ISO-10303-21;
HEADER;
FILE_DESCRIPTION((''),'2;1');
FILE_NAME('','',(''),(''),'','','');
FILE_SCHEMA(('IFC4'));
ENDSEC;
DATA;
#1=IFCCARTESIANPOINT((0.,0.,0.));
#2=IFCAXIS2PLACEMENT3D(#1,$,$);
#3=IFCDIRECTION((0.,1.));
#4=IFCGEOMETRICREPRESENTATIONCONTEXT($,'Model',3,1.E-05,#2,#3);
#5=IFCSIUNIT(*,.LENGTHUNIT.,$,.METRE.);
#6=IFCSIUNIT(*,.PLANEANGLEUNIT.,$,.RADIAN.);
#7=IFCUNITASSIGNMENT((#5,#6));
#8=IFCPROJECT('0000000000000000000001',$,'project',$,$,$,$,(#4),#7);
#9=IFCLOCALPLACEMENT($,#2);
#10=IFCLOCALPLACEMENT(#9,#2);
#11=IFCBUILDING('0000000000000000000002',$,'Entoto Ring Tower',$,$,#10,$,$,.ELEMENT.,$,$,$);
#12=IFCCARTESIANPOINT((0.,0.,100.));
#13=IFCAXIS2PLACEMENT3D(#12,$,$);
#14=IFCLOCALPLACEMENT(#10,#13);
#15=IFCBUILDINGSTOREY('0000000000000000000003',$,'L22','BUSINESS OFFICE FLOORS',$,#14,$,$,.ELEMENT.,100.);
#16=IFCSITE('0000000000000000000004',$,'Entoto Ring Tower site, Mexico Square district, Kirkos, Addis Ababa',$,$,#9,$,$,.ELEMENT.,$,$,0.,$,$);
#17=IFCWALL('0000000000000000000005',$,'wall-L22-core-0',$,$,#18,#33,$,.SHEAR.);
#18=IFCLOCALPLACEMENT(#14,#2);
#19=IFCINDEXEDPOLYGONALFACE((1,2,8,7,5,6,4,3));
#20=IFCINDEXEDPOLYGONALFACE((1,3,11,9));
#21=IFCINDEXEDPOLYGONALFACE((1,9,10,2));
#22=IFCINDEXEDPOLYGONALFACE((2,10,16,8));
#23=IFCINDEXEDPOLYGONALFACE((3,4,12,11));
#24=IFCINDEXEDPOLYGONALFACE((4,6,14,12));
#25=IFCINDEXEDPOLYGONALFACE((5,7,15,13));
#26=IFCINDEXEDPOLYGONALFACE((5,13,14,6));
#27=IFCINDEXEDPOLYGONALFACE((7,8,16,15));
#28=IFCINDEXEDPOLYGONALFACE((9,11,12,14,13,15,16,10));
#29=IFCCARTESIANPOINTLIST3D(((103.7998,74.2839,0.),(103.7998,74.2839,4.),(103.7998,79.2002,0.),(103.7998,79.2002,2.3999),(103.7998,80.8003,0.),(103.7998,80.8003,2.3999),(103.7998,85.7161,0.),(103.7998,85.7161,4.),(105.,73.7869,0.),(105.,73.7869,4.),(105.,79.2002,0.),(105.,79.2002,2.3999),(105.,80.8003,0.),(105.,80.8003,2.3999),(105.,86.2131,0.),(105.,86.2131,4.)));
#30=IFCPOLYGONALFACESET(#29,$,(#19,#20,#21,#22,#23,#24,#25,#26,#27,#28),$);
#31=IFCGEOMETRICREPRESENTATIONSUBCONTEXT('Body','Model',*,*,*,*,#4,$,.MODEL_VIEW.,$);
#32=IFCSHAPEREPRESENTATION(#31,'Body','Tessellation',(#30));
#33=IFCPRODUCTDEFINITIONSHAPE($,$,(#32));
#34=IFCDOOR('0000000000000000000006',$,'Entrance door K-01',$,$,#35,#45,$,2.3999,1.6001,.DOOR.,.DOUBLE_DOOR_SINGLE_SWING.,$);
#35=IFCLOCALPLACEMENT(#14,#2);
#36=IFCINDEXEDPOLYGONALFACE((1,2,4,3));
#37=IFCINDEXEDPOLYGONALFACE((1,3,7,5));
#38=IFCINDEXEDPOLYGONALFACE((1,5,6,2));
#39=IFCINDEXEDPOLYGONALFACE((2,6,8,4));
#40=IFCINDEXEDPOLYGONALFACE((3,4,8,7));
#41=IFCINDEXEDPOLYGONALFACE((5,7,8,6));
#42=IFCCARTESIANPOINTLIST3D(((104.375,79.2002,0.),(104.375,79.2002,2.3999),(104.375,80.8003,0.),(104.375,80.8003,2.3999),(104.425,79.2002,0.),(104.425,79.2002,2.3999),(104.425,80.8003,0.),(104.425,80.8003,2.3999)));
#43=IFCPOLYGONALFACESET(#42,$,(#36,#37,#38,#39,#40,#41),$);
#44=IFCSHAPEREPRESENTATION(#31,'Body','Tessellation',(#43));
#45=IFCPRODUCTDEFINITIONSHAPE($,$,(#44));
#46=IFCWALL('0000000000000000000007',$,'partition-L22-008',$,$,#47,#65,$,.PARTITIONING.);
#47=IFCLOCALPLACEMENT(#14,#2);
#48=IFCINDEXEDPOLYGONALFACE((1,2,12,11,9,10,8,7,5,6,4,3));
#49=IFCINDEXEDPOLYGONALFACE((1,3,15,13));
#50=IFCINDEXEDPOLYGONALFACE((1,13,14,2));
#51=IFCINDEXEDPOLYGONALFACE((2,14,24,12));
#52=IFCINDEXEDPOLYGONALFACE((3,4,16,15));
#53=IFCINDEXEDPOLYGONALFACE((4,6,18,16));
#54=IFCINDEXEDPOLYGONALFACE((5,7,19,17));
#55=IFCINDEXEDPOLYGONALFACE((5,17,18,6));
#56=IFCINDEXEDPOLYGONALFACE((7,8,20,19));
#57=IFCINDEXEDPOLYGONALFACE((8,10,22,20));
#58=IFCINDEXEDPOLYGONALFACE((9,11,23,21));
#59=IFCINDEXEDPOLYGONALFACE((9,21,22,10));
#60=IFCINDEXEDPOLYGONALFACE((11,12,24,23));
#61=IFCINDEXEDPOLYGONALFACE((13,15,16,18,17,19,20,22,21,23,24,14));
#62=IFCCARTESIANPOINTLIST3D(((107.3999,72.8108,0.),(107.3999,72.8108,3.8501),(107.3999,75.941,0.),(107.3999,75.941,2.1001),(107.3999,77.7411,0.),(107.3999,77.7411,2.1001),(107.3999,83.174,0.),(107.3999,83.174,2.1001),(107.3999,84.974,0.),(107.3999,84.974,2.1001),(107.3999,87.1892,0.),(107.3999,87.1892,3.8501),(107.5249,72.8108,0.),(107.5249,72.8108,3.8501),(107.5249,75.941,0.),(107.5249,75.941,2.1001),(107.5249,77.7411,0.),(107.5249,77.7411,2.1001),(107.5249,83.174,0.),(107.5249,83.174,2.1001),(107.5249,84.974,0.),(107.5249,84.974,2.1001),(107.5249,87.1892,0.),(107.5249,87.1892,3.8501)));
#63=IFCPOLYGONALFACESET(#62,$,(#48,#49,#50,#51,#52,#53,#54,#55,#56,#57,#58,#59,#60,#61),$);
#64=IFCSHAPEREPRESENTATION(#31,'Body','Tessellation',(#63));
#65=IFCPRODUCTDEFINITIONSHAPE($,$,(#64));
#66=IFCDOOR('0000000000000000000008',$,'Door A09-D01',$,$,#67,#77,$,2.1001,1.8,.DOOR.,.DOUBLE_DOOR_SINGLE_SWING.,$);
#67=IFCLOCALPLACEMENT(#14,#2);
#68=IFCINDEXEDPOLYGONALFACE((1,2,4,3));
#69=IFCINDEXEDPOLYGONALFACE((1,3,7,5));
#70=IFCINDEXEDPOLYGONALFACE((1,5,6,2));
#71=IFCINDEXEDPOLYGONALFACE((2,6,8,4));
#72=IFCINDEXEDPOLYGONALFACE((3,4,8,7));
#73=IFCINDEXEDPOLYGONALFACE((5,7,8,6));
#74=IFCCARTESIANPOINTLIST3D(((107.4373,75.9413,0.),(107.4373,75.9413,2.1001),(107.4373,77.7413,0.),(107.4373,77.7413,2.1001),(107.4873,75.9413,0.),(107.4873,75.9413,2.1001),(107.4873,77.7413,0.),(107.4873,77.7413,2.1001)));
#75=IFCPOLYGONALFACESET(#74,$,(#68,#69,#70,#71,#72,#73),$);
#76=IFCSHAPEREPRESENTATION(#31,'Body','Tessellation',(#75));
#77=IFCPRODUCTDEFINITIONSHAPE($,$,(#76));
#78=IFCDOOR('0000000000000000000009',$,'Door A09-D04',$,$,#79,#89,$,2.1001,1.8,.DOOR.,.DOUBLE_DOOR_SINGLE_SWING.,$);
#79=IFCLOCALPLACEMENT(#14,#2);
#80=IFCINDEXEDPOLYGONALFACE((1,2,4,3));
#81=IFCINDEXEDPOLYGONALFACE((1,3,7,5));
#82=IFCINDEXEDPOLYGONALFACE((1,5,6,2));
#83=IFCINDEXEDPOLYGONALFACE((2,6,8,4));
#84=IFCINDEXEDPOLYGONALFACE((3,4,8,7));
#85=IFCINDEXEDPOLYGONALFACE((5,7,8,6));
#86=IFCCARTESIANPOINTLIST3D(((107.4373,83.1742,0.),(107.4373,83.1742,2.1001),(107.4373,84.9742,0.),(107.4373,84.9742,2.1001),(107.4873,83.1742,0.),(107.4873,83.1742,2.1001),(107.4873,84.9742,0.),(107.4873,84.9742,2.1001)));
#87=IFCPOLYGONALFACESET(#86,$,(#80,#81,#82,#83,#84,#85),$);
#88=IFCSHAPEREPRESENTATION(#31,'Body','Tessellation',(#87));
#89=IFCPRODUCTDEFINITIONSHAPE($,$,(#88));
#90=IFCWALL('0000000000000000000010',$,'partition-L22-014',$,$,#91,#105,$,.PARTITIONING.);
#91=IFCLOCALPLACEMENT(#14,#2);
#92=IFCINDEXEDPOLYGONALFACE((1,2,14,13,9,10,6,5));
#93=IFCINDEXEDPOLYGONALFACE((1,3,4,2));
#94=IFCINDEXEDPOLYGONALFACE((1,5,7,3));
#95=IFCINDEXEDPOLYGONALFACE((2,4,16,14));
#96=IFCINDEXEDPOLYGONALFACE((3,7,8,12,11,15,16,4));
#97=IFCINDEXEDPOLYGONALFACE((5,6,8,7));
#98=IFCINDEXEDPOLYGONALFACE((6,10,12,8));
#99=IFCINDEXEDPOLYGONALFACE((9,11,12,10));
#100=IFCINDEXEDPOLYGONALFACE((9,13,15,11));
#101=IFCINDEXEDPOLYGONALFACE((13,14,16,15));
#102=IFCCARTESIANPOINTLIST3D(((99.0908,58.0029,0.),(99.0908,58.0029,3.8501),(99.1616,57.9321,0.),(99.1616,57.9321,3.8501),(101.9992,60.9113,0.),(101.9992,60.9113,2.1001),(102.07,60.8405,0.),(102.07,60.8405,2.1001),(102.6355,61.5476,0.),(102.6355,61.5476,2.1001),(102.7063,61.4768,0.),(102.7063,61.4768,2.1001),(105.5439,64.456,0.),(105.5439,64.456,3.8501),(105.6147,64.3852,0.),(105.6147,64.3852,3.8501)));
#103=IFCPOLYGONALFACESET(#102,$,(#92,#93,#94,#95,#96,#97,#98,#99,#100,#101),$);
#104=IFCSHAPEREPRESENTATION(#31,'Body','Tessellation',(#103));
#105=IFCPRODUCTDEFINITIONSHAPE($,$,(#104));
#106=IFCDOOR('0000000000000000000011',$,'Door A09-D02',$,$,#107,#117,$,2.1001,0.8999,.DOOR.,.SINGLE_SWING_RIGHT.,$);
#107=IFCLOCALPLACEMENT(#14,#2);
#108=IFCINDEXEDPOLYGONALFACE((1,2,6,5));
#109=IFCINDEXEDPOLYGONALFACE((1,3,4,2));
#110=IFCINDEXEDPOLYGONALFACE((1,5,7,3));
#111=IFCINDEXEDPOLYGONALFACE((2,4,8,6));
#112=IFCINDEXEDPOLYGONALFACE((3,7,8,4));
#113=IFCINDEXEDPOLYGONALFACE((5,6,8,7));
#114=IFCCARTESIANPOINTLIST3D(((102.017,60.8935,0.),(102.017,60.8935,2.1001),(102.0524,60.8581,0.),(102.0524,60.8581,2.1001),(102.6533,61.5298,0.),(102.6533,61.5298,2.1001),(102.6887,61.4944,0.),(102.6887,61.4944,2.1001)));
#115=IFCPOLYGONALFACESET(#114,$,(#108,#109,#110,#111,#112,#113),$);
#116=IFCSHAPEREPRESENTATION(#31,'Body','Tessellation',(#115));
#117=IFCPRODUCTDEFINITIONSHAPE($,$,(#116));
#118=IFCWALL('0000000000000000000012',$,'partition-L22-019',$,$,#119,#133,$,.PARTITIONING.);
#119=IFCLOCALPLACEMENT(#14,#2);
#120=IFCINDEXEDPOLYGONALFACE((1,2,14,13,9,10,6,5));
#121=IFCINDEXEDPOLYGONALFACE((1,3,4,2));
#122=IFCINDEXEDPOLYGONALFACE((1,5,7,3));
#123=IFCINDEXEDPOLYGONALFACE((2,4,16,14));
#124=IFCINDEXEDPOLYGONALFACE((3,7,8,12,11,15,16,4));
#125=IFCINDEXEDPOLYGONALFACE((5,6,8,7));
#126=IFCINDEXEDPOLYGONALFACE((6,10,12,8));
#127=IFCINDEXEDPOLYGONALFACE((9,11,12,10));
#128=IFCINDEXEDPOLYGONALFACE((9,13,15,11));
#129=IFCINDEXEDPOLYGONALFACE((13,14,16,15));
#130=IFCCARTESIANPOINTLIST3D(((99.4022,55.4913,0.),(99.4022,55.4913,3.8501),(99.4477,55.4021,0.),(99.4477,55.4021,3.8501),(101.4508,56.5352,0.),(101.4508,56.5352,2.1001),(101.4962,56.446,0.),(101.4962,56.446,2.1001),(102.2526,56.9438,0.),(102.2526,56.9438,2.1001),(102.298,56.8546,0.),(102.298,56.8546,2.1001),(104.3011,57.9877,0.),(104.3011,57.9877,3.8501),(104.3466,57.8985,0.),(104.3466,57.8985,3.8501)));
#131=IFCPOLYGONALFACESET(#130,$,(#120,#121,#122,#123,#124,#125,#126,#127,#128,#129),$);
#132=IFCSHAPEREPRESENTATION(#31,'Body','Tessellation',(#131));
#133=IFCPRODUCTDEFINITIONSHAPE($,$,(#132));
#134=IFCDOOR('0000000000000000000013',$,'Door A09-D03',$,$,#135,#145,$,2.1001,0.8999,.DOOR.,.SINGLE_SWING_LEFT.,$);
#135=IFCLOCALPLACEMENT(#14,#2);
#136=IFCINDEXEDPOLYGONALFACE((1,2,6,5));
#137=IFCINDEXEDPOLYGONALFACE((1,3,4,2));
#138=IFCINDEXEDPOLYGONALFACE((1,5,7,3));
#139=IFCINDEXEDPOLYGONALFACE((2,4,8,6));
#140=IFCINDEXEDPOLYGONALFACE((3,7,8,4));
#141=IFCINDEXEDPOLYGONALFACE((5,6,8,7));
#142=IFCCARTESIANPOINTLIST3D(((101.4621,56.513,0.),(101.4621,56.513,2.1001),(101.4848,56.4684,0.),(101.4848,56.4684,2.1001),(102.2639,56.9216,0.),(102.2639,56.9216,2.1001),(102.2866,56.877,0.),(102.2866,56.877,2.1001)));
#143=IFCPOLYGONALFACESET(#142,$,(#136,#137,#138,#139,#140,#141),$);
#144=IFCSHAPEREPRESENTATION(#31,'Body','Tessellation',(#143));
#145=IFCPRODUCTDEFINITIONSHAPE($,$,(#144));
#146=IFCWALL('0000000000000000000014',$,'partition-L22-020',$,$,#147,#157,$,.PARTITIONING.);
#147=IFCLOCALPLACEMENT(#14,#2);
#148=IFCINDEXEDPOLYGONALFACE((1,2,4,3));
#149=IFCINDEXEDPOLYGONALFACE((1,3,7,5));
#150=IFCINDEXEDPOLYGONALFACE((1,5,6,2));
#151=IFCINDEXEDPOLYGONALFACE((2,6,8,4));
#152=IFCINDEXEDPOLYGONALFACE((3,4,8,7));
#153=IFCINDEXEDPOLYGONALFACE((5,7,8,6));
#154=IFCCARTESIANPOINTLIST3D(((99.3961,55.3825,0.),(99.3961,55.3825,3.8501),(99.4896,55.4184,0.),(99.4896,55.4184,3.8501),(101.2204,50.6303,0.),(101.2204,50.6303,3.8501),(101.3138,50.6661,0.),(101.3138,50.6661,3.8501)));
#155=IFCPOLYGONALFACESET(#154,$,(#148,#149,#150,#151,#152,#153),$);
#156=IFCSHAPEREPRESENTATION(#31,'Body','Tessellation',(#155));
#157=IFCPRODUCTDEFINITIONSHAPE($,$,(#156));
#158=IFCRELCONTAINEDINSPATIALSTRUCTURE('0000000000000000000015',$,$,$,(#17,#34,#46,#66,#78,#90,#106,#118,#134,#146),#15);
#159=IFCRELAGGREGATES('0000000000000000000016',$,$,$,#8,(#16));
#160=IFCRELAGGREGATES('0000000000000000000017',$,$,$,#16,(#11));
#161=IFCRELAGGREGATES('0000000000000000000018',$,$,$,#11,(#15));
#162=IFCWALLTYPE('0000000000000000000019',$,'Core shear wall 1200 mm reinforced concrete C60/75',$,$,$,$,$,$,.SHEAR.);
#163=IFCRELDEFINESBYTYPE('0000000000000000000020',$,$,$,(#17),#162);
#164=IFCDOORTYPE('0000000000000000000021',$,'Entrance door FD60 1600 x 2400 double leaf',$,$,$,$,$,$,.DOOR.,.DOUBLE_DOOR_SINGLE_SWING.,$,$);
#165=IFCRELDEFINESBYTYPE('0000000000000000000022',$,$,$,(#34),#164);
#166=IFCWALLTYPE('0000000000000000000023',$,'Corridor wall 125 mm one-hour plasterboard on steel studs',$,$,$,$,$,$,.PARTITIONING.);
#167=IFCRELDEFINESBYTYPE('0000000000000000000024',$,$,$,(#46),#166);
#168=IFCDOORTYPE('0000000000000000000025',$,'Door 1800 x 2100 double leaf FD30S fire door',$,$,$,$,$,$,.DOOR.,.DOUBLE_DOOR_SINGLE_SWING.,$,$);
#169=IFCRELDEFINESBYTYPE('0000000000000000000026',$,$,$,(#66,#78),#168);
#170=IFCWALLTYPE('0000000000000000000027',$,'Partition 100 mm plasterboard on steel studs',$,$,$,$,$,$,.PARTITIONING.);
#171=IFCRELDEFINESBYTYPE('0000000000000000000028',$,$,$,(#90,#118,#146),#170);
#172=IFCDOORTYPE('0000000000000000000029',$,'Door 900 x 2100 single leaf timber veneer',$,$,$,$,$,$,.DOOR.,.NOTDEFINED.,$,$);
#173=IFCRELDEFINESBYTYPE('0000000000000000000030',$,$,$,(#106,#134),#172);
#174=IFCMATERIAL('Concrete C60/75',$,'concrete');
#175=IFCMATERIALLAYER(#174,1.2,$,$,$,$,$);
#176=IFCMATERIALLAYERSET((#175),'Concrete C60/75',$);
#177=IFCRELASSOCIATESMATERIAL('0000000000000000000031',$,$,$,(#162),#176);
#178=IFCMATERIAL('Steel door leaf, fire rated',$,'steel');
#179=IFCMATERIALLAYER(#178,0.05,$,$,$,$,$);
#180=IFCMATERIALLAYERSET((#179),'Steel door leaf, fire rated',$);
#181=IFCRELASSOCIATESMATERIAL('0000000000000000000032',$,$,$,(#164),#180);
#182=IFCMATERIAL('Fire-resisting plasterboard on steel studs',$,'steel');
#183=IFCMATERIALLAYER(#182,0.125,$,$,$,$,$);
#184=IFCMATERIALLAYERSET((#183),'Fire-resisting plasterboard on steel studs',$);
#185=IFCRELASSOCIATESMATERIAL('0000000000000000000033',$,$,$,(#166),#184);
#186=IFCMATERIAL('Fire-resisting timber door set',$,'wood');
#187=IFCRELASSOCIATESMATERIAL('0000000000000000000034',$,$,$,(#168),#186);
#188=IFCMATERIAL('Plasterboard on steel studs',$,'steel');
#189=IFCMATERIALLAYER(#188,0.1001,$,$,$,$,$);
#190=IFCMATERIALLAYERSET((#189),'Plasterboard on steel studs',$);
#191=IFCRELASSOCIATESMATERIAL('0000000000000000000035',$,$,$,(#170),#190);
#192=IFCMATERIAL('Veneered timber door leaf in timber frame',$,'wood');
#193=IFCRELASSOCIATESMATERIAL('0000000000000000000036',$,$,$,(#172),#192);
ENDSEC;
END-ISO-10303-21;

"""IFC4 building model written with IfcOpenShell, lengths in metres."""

from ifc_helpers import new_model, si_unit, direction, frame, frame_2d, origin, place, context, subcontext, project, spatial, polyline, rectangle, outline, extrude, material, layer, layer_set, type_object, element, fill, save


model = new_model("IFC4")

# Units and contexts
model_context = context("Model", 3, precision=1e-05, world=origin(), true_north=direction((0.0, 1.0)))
body_context = subcontext(model_context, "Body", "Model", "MODEL_VIEW")
ifc_project = project(units=[si_unit("LENGTHUNIT", "METRE"), si_unit("PLANEANGLEUNIT", "RADIAN")], contexts=[model_context])

# Site, building, storey
site_placement = place(None, origin())
site = spatial("IfcSite", under=ifc_project, at=site_placement, Name="Entoto Ring Tower site, Mexico Square district, Kirkos, Addis Ababa", CompositionType="ELEMENT", RefElevation=0.0)
building_placement = place(site_placement, origin())
building = spatial("IfcBuilding", under=site, at=building_placement, Name="Entoto Ring Tower", CompositionType="ELEMENT")
storey_placement = place(building_placement, frame((0.0, 0.0, 100.0)))
storey = spatial("IfcBuildingStorey", under=building, at=storey_placement, Name="L22", Description="BUSINESS OFFICE FLOORS", CompositionType="ELEMENT", Elevation=100.0)

# Wall, opening, door
ifc_material_1 = material(Name="Concrete C60/75", Category="concrete")
ifc_layer_1 = layer(ifc_material_1, 1.2)
ifc_layer_set_1 = layer_set([ifc_layer_1], Name="Concrete C60/75")
wall_type_1 = type_object("IfcWallType", Name="Core shear wall 1200 mm reinforced concrete C60/75", PredefinedType="SHEAR", material=ifc_layer_set_1)
wall_1_placement = place(storey_placement, frame((104.3999, 74.0354, 0.0), z_axis=(0.0, 0.0, 1.0), x_axis=(0.0, 1.0, 0.0)))
wall_1 = element("IfcWall", 1, at=wall_1_placement, inside=storey, type_object=wall_type_1, Name="wall-L22-core-0", PredefinedType="SHEAR", context=body_context, shape_type="SweptSolid", body=[
    extrude(outline(polyline([(-0.2485, -0.6001), (12.1777, -0.6001), (11.6807, 0.6001), (0.2485, 0.6001), (-0.2485, -0.6001)])), origin(), (0.0, 0.0, 1.0), 4.0),
])
opening_1_placement = place(wall_1_placement, frame((5.1648, 0.0, 0.0)))
opening_1 = element("IfcOpeningElement", 2, at=opening_1_placement, cuts=wall_1, PredefinedType="OPENING", context=body_context, shape_type="SweptSolid", body=[
    extrude(rectangle(XDim=1.6001, YDim=2.3999, at=frame_2d((0.8, 1.2))), frame((0.0, 0.6099, 0.0), z_axis=(0.0, -1.0, 0.0), x_axis=(1.0, 0.0, 0.0)), (0.0, 0.0, 1.0), 1.22),
])
ifc_material_2 = material(Name="Steel door leaf, fire rated", Category="steel")
ifc_layer_2 = layer(ifc_material_2, 0.05)
ifc_layer_set_2 = layer_set([ifc_layer_2], Name="Steel door leaf, fire rated")
door_type_1 = type_object("IfcDoorType", Name="Entrance door FD60 1600 x 2400 double leaf", OperationType="DOUBLE_DOOR_SINGLE_SWING", PredefinedType="DOOR", material=ifc_layer_set_2)
door_1_placement = place(opening_1_placement, origin())
door_1 = element("IfcDoor", 3, at=door_1_placement, inside=storey, type_object=door_type_1, Name="Entrance door K-01", OperationType="DOUBLE_DOOR_SINGLE_SWING", OverallHeight=2.3999, OverallWidth=1.6001, PredefinedType="DOOR", context=body_context, shape_type="SweptSolid", body=[
    extrude(rectangle(XDim=1.6001, YDim=2.3999, at=frame_2d((0.8, 1.2))), frame((0.0, 0.0249, 0.0), z_axis=(0.0, -1.0, 0.0), x_axis=(1.0, 0.0, 0.0)), (0.0, 0.0, 1.0), 0.05),
])
fill(opening_1, door_1)

# Wall, openings, doors
ifc_material_3 = material(Name="Fire-resisting plasterboard on steel studs", Category="steel")
ifc_layer_3 = layer(ifc_material_3, 0.125)
ifc_layer_set_3 = layer_set([ifc_layer_3], Name="Fire-resisting plasterboard on steel studs")
wall_type_2 = type_object("IfcWallType", Name="Corridor wall 125 mm one-hour plasterboard on steel studs", PredefinedType="PARTITIONING", material=ifc_layer_set_3)
wall_2_placement = place(storey_placement, frame((107.4624, 72.8108, 0.0), z_axis=(0.0, 0.0, 1.0), x_axis=(0.0, 1.0, 0.0)))
wall_2 = element("IfcWall", 4, at=wall_2_placement, inside=storey, type_object=wall_type_2, Name="partition-L22-008", PredefinedType="PARTITIONING", context=body_context, shape_type="SweptSolid", body=[
    extrude(rectangle(XDim=14.3784, YDim=0.125, at=frame_2d((7.1892, 0.0))), origin(), (0.0, 0.0, 1.0), 3.8501),
])
opening_2_placement = place(wall_2_placement, frame((3.1304, 0.0, 0.0)))
opening_2 = element("IfcOpeningElement", 5, at=opening_2_placement, cuts=wall_2, PredefinedType="OPENING", context=body_context, shape_type="SweptSolid", body=[
    extrude(rectangle(XDim=1.8, YDim=2.1001, at=frame_2d((0.8999, 1.05))), frame((0.0, 0.0725, 0.0), z_axis=(0.0, -1.0, 0.0), x_axis=(1.0, 0.0, 0.0)), (0.0, 0.0, 1.0), 0.145),
])
opening_3_placement = place(wall_2_placement, frame((10.3633, 0.0, 0.0)))
opening_3 = element("IfcOpeningElement", 6, at=opening_3_placement, cuts=wall_2, PredefinedType="OPENING", context=body_context, shape_type="SweptSolid", body=[
    extrude(rectangle(XDim=1.8, YDim=2.1001, at=frame_2d((0.8999, 1.05))), frame((0.0, 0.0725, 0.0), z_axis=(0.0, -1.0, 0.0), x_axis=(1.0, 0.0, 0.0)), (0.0, 0.0, 1.0), 0.145),
])
ifc_material_4 = material(Name="Fire-resisting timber door set", Category="wood")
door_type_2 = type_object("IfcDoorType", Name="Door 1800 x 2100 double leaf FD30S fire door", OperationType="DOUBLE_DOOR_SINGLE_SWING", PredefinedType="DOOR", material=ifc_material_4)
door_2_placement = place(opening_2_placement, frame((1.8, 0.0, 0.0), z_axis=(0.0, 0.0, 1.0), x_axis=(-1.0, 0.0, 0.0)))
door_2 = element("IfcDoor", 7, at=door_2_placement, inside=storey, type_object=door_type_2, Name="Door A09-D01", OperationType="DOUBLE_DOOR_SINGLE_SWING", OverallHeight=2.1001, OverallWidth=1.8, PredefinedType="DOOR", context=body_context, shape_type="SweptSolid", body=[
    extrude(rectangle(XDim=1.8, YDim=2.1001, at=frame_2d((0.8999, 1.05))), frame((0.0, 0.0249, 0.0), z_axis=(0.0, -1.0, 0.0), x_axis=(1.0, 0.0, 0.0)), (0.0, 0.0, 1.0), 0.05),
])
fill(opening_2, door_2)
door_3_placement = place(opening_3_placement, frame((1.8, 0.0, 0.0), z_axis=(0.0, 0.0, 1.0), x_axis=(-1.0, 0.0, 0.0)))
door_3 = element("IfcDoor", 8, at=door_3_placement, inside=storey, type_object=door_type_2, Name="Door A09-D04", OperationType="DOUBLE_DOOR_SINGLE_SWING", OverallHeight=2.1001, OverallWidth=1.8, PredefinedType="DOOR", context=body_context, shape_type="SweptSolid", body=[
    extrude(rectangle(XDim=1.8, YDim=2.1001, at=frame_2d((0.8999, 1.05))), frame((0.0, 0.0249, 0.0), z_axis=(0.0, -1.0, 0.0), x_axis=(1.0, 0.0, 0.0)), (0.0, 0.0, 1.0), 0.05),
])
fill(opening_3, door_3)

# Walls, openings, doors
ifc_material_5 = material(Name="Plasterboard on steel studs", Category="steel")
ifc_layer_4 = layer(ifc_material_5, 0.1001)
ifc_layer_set_4 = layer_set([ifc_layer_4], Name="Plasterboard on steel studs")
wall_type_3 = type_object("IfcWallType", Name="Partition 100 mm plasterboard on steel studs", PredefinedType="PARTITIONING", material=ifc_layer_set_4)
wall_3_placement = place(storey_placement, frame((99.1262, 57.9675, 0.0), z_axis=(0.0, 0.0, 1.0), x_axis=(0.707107, 0.707107, 0.0)))
wall_3 = element("IfcWall", 9, at=wall_3_placement, inside=storey, type_object=wall_type_3, Name="partition-L22-014", PredefinedType="PARTITIONING", context=body_context, shape_type="SweptSolid", body=[
    extrude(rectangle(XDim=9.126, YDim=0.1001, at=frame_2d((4.563, 0.0))), origin(), (0.0, 0.0, 1.0), 3.8501),
])
opening_4_placement = place(wall_3_placement, frame((4.113, 0.0, 0.0)))
opening_4 = element("IfcOpeningElement", 10, at=opening_4_placement, cuts=wall_3, PredefinedType="OPENING", context=body_context, shape_type="SweptSolid", body=[
    extrude(rectangle(XDim=0.8999, YDim=2.1001, at=frame_2d((0.45, 1.05))), frame((0.0, 0.0601, 0.0), z_axis=(0.0, -1.0, 0.0), x_axis=(1.0, 0.0, 0.0)), (0.0, 0.0, 1.0), 0.1201),
])
ifc_material_6 = material(Name="Veneered timber door leaf in timber frame", Category="wood")
door_type_3 = type_object("IfcDoorType", Name="Door 900 x 2100 single leaf timber veneer", OperationType="NOTDEFINED", PredefinedType="DOOR", material=ifc_material_6)
door_4_placement = place(opening_4_placement, origin())
door_4 = element("IfcDoor", 11, at=door_4_placement, inside=storey, type_object=door_type_3, Name="Door A09-D02", OperationType="SINGLE_SWING_RIGHT", OverallHeight=2.1001, OverallWidth=0.8999, PredefinedType="DOOR", context=body_context, shape_type="SweptSolid", body=[
    extrude(rectangle(XDim=0.8999, YDim=2.1001, at=frame_2d((0.45, 1.05))), frame((0.0, 0.0249, 0.0), z_axis=(0.0, -1.0, 0.0), x_axis=(1.0, 0.0, 0.0)), (0.0, 0.0, 1.0), 0.05),
])
fill(opening_4, door_4)
wall_4_placement = place(storey_placement, frame((99.425, 55.4468, 0.0), z_axis=(0.0, 0.0, 1.0), x_axis=(0.890991, 0.454021, 0.0)))
wall_4 = element("IfcWall", 12, at=wall_4_placement, inside=storey, type_object=wall_type_3, Name="partition-L22-019", PredefinedType="PARTITIONING", context=body_context, shape_type="SweptSolid", body=[
    extrude(rectangle(XDim=5.4983, YDim=0.1001, at=frame_2d((2.749, 0.0))), origin(), (0.0, 0.0, 1.0), 3.8501),
])
opening_5_placement = place(wall_4_placement, frame((2.2991, 0.0, 0.0)))
opening_5 = element("IfcOpeningElement", 13, at=opening_5_placement, cuts=wall_4, PredefinedType="OPENING", context=body_context, shape_type="SweptSolid", body=[
    extrude(rectangle(XDim=0.8999, YDim=2.1001, at=frame_2d((0.45, 1.05))), frame((0.0, 0.0601, 0.0), z_axis=(0.0, -1.0, 0.0), x_axis=(1.0, 0.0, 0.0)), (0.0, 0.0, 1.0), 0.1201),
])
door_5_placement = place(opening_5_placement, frame((0.8999, 0.0, 0.0), z_axis=(0.0, 0.0, 1.0), x_axis=(-1.0, 0.0, 0.0)))
door_5 = element("IfcDoor", 14, at=door_5_placement, inside=storey, type_object=door_type_3, Name="Door A09-D03", OperationType="SINGLE_SWING_LEFT", OverallHeight=2.1001, OverallWidth=0.8999, PredefinedType="DOOR", context=body_context, shape_type="SweptSolid", body=[
    extrude(rectangle(XDim=0.8999, YDim=2.1001, at=frame_2d((0.45, 1.05))), frame((0.0, 0.0249, 0.0), z_axis=(0.0, -1.0, 0.0), x_axis=(1.0, 0.0, 0.0)), (0.0, 0.0, 1.0), 0.05),
])
fill(opening_5, door_5)

# Wall
wall_5_placement = place(storey_placement, frame((101.2671, 50.6482, 0.0), z_axis=(0.0, 0.0, 1.0), x_axis=(-0.358372, 0.933579, 0.0)))
element("IfcWall", 15, at=wall_5_placement, inside=storey, type_object=wall_type_3, Name="partition-L22-020", PredefinedType="PARTITIONING", context=body_context, shape_type="SweptSolid", body=[
    extrude(rectangle(XDim=5.0903, YDim=0.1001, at=frame_2d((2.5452, 0.0))), origin(), (0.0, 0.0, 1.0), 3.8501),
])

save(model, "model.ifc")
